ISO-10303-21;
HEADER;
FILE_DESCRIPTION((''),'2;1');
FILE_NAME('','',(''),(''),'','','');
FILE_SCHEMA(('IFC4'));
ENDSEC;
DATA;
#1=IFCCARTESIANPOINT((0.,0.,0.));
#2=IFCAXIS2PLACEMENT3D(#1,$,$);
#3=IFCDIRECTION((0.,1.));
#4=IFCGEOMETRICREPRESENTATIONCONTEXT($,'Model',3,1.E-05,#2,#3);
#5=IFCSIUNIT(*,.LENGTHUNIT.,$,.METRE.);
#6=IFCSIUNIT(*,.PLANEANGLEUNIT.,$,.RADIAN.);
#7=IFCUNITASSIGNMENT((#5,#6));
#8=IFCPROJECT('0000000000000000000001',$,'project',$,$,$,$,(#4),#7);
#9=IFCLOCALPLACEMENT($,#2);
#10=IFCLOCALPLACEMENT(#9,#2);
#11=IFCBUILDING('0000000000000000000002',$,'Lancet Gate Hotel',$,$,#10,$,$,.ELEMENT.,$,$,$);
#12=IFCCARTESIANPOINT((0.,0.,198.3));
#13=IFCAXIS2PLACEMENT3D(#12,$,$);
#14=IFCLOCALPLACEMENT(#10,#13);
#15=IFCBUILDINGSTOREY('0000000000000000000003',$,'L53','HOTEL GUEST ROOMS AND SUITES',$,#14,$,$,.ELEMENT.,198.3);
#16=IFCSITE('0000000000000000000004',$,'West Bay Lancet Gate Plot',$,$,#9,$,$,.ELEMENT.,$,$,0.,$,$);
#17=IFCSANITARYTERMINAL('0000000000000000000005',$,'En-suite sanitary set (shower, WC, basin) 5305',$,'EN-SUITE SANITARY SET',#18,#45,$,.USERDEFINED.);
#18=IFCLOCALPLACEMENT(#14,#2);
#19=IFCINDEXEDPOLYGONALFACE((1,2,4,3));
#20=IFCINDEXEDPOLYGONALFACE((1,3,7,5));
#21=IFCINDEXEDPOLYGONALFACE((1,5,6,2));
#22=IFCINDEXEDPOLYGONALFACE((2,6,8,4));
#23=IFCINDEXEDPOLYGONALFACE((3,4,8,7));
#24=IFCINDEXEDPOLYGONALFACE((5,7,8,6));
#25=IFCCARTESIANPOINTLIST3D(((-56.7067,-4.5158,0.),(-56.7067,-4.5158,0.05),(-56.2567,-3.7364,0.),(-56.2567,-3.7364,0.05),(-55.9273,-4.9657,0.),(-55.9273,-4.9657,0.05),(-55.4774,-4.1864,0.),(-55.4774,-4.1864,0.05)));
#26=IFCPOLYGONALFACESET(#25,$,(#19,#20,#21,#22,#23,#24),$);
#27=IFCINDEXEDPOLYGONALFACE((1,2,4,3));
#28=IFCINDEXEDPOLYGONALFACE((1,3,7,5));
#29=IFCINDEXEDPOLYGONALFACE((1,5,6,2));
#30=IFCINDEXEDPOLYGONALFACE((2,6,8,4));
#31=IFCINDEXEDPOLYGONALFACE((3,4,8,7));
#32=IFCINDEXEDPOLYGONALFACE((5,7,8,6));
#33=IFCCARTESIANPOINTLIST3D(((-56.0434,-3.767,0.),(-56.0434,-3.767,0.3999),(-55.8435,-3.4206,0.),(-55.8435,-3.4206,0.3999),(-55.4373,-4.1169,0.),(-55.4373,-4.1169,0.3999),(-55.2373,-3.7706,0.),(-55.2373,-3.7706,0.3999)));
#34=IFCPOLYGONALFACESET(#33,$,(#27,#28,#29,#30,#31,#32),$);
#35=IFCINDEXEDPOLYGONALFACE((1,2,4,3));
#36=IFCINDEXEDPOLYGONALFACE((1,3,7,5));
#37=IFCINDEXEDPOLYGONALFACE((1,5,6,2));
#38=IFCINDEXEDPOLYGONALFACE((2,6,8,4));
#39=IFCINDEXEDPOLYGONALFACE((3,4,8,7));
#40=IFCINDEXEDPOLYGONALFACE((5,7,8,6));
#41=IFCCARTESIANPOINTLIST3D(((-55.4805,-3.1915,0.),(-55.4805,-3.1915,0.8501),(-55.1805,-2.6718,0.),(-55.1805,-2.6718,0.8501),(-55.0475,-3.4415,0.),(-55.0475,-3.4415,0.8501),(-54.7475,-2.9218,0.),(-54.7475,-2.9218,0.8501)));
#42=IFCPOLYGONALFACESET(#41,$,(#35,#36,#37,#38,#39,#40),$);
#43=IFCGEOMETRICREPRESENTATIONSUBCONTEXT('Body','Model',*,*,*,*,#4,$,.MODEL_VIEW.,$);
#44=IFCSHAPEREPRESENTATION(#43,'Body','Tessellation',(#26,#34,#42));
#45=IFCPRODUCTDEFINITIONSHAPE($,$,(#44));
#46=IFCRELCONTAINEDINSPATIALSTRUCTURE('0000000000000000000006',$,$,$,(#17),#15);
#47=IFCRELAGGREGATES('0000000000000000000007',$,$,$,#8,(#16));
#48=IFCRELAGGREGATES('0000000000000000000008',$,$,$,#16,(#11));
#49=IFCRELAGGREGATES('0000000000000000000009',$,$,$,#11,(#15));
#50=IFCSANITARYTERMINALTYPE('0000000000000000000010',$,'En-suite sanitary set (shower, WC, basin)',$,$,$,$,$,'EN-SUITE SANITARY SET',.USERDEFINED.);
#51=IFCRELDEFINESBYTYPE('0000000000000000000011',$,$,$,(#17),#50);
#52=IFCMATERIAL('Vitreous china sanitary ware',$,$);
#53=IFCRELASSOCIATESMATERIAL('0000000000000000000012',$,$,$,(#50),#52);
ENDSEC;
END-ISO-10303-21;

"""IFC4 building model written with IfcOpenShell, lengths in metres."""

from ifc_helpers import new_model, si_unit, direction, frame, origin, origin_2d, place, context, subcontext, project, spatial, rectangle, extrude, material, type_object, element, save


model = new_model("IFC4")

# Units and contexts
model_context = context("Model", 3, precision=1e-05, world=origin(), true_north=direction((0.0, 1.0)))
body_context = subcontext(model_context, "Body", "Model", "MODEL_VIEW")
ifc_project = project(units=[si_unit("LENGTHUNIT", "METRE"), si_unit("PLANEANGLEUNIT", "RADIAN")], contexts=[model_context])

# Site, building, storey
site_placement = place(None, origin())
site = spatial("IfcSite", under=ifc_project, at=site_placement, Name="West Bay Lancet Gate Plot", CompositionType="ELEMENT", RefElevation=0.0)
building_placement = place(site_placement, origin())
building = spatial("IfcBuilding", under=site, at=building_placement, Name="Lancet Gate Hotel", CompositionType="ELEMENT")
storey_placement = place(building_placement, frame((0.0, 0.0, 198.3)))
storey = spatial("IfcBuildingStorey", under=building, at=storey_placement, Name="L53", Description="HOTEL GUEST ROOMS AND SUITES", CompositionType="ELEMENT", Elevation=198.3)

# Sanitary terminal
ifc_material_1 = material(Name="Vitreous china sanitary ware")
sanitary_terminal_type = type_object("IfcSanitaryTerminalType", Name="En-suite sanitary set (shower, WC, basin)", ElementType="EN-SUITE SANITARY SET", PredefinedType="USERDEFINED", material=ifc_material_1)
sanitary_terminal_placement = place(storey_placement, frame((-56.092, -4.3511, 0.0), z_axis=(0.0, 0.0, 1.0), x_axis=(1.0, 0.0, 0.0)))
element("IfcSanitaryTerminal", 1, at=sanitary_terminal_placement, inside=storey, type_object=sanitary_terminal_type, Name="En-suite sanitary set (shower, WC, basin) 5305", ObjectType="EN-SUITE SANITARY SET", PredefinedType="USERDEFINED", context=body_context, shape_type="SweptSolid", body=[
    extrude(rectangle(XDim=0.8999, YDim=0.8999, at=origin_2d()), frame((0.0, 0.0, 0.0), z_axis=(0.0, 0.0, 1.0), x_axis=(-0.5, -0.866025, 0.0)), (0.0, 0.0, 1.0), 0.05),
    extrude(rectangle(XDim=0.3999, YDim=0.7, at=origin_2d()), frame((0.4517, 0.5823, 0.0), z_axis=(0.0, 0.0, 1.0), x_axis=(-0.5, -0.866025, 0.0)), (0.0, 0.0, 1.0), 0.3999),
    extrude(rectangle(XDim=0.6001, YDim=0.5, at=origin_2d()), frame((0.978, 1.2944, 0.0), z_axis=(0.0, 0.0, 1.0), x_axis=(-0.5, -0.866025, 0.0)), (0.0, 0.0, 1.0), 0.8501),
])

save(model, "model.ifc")
